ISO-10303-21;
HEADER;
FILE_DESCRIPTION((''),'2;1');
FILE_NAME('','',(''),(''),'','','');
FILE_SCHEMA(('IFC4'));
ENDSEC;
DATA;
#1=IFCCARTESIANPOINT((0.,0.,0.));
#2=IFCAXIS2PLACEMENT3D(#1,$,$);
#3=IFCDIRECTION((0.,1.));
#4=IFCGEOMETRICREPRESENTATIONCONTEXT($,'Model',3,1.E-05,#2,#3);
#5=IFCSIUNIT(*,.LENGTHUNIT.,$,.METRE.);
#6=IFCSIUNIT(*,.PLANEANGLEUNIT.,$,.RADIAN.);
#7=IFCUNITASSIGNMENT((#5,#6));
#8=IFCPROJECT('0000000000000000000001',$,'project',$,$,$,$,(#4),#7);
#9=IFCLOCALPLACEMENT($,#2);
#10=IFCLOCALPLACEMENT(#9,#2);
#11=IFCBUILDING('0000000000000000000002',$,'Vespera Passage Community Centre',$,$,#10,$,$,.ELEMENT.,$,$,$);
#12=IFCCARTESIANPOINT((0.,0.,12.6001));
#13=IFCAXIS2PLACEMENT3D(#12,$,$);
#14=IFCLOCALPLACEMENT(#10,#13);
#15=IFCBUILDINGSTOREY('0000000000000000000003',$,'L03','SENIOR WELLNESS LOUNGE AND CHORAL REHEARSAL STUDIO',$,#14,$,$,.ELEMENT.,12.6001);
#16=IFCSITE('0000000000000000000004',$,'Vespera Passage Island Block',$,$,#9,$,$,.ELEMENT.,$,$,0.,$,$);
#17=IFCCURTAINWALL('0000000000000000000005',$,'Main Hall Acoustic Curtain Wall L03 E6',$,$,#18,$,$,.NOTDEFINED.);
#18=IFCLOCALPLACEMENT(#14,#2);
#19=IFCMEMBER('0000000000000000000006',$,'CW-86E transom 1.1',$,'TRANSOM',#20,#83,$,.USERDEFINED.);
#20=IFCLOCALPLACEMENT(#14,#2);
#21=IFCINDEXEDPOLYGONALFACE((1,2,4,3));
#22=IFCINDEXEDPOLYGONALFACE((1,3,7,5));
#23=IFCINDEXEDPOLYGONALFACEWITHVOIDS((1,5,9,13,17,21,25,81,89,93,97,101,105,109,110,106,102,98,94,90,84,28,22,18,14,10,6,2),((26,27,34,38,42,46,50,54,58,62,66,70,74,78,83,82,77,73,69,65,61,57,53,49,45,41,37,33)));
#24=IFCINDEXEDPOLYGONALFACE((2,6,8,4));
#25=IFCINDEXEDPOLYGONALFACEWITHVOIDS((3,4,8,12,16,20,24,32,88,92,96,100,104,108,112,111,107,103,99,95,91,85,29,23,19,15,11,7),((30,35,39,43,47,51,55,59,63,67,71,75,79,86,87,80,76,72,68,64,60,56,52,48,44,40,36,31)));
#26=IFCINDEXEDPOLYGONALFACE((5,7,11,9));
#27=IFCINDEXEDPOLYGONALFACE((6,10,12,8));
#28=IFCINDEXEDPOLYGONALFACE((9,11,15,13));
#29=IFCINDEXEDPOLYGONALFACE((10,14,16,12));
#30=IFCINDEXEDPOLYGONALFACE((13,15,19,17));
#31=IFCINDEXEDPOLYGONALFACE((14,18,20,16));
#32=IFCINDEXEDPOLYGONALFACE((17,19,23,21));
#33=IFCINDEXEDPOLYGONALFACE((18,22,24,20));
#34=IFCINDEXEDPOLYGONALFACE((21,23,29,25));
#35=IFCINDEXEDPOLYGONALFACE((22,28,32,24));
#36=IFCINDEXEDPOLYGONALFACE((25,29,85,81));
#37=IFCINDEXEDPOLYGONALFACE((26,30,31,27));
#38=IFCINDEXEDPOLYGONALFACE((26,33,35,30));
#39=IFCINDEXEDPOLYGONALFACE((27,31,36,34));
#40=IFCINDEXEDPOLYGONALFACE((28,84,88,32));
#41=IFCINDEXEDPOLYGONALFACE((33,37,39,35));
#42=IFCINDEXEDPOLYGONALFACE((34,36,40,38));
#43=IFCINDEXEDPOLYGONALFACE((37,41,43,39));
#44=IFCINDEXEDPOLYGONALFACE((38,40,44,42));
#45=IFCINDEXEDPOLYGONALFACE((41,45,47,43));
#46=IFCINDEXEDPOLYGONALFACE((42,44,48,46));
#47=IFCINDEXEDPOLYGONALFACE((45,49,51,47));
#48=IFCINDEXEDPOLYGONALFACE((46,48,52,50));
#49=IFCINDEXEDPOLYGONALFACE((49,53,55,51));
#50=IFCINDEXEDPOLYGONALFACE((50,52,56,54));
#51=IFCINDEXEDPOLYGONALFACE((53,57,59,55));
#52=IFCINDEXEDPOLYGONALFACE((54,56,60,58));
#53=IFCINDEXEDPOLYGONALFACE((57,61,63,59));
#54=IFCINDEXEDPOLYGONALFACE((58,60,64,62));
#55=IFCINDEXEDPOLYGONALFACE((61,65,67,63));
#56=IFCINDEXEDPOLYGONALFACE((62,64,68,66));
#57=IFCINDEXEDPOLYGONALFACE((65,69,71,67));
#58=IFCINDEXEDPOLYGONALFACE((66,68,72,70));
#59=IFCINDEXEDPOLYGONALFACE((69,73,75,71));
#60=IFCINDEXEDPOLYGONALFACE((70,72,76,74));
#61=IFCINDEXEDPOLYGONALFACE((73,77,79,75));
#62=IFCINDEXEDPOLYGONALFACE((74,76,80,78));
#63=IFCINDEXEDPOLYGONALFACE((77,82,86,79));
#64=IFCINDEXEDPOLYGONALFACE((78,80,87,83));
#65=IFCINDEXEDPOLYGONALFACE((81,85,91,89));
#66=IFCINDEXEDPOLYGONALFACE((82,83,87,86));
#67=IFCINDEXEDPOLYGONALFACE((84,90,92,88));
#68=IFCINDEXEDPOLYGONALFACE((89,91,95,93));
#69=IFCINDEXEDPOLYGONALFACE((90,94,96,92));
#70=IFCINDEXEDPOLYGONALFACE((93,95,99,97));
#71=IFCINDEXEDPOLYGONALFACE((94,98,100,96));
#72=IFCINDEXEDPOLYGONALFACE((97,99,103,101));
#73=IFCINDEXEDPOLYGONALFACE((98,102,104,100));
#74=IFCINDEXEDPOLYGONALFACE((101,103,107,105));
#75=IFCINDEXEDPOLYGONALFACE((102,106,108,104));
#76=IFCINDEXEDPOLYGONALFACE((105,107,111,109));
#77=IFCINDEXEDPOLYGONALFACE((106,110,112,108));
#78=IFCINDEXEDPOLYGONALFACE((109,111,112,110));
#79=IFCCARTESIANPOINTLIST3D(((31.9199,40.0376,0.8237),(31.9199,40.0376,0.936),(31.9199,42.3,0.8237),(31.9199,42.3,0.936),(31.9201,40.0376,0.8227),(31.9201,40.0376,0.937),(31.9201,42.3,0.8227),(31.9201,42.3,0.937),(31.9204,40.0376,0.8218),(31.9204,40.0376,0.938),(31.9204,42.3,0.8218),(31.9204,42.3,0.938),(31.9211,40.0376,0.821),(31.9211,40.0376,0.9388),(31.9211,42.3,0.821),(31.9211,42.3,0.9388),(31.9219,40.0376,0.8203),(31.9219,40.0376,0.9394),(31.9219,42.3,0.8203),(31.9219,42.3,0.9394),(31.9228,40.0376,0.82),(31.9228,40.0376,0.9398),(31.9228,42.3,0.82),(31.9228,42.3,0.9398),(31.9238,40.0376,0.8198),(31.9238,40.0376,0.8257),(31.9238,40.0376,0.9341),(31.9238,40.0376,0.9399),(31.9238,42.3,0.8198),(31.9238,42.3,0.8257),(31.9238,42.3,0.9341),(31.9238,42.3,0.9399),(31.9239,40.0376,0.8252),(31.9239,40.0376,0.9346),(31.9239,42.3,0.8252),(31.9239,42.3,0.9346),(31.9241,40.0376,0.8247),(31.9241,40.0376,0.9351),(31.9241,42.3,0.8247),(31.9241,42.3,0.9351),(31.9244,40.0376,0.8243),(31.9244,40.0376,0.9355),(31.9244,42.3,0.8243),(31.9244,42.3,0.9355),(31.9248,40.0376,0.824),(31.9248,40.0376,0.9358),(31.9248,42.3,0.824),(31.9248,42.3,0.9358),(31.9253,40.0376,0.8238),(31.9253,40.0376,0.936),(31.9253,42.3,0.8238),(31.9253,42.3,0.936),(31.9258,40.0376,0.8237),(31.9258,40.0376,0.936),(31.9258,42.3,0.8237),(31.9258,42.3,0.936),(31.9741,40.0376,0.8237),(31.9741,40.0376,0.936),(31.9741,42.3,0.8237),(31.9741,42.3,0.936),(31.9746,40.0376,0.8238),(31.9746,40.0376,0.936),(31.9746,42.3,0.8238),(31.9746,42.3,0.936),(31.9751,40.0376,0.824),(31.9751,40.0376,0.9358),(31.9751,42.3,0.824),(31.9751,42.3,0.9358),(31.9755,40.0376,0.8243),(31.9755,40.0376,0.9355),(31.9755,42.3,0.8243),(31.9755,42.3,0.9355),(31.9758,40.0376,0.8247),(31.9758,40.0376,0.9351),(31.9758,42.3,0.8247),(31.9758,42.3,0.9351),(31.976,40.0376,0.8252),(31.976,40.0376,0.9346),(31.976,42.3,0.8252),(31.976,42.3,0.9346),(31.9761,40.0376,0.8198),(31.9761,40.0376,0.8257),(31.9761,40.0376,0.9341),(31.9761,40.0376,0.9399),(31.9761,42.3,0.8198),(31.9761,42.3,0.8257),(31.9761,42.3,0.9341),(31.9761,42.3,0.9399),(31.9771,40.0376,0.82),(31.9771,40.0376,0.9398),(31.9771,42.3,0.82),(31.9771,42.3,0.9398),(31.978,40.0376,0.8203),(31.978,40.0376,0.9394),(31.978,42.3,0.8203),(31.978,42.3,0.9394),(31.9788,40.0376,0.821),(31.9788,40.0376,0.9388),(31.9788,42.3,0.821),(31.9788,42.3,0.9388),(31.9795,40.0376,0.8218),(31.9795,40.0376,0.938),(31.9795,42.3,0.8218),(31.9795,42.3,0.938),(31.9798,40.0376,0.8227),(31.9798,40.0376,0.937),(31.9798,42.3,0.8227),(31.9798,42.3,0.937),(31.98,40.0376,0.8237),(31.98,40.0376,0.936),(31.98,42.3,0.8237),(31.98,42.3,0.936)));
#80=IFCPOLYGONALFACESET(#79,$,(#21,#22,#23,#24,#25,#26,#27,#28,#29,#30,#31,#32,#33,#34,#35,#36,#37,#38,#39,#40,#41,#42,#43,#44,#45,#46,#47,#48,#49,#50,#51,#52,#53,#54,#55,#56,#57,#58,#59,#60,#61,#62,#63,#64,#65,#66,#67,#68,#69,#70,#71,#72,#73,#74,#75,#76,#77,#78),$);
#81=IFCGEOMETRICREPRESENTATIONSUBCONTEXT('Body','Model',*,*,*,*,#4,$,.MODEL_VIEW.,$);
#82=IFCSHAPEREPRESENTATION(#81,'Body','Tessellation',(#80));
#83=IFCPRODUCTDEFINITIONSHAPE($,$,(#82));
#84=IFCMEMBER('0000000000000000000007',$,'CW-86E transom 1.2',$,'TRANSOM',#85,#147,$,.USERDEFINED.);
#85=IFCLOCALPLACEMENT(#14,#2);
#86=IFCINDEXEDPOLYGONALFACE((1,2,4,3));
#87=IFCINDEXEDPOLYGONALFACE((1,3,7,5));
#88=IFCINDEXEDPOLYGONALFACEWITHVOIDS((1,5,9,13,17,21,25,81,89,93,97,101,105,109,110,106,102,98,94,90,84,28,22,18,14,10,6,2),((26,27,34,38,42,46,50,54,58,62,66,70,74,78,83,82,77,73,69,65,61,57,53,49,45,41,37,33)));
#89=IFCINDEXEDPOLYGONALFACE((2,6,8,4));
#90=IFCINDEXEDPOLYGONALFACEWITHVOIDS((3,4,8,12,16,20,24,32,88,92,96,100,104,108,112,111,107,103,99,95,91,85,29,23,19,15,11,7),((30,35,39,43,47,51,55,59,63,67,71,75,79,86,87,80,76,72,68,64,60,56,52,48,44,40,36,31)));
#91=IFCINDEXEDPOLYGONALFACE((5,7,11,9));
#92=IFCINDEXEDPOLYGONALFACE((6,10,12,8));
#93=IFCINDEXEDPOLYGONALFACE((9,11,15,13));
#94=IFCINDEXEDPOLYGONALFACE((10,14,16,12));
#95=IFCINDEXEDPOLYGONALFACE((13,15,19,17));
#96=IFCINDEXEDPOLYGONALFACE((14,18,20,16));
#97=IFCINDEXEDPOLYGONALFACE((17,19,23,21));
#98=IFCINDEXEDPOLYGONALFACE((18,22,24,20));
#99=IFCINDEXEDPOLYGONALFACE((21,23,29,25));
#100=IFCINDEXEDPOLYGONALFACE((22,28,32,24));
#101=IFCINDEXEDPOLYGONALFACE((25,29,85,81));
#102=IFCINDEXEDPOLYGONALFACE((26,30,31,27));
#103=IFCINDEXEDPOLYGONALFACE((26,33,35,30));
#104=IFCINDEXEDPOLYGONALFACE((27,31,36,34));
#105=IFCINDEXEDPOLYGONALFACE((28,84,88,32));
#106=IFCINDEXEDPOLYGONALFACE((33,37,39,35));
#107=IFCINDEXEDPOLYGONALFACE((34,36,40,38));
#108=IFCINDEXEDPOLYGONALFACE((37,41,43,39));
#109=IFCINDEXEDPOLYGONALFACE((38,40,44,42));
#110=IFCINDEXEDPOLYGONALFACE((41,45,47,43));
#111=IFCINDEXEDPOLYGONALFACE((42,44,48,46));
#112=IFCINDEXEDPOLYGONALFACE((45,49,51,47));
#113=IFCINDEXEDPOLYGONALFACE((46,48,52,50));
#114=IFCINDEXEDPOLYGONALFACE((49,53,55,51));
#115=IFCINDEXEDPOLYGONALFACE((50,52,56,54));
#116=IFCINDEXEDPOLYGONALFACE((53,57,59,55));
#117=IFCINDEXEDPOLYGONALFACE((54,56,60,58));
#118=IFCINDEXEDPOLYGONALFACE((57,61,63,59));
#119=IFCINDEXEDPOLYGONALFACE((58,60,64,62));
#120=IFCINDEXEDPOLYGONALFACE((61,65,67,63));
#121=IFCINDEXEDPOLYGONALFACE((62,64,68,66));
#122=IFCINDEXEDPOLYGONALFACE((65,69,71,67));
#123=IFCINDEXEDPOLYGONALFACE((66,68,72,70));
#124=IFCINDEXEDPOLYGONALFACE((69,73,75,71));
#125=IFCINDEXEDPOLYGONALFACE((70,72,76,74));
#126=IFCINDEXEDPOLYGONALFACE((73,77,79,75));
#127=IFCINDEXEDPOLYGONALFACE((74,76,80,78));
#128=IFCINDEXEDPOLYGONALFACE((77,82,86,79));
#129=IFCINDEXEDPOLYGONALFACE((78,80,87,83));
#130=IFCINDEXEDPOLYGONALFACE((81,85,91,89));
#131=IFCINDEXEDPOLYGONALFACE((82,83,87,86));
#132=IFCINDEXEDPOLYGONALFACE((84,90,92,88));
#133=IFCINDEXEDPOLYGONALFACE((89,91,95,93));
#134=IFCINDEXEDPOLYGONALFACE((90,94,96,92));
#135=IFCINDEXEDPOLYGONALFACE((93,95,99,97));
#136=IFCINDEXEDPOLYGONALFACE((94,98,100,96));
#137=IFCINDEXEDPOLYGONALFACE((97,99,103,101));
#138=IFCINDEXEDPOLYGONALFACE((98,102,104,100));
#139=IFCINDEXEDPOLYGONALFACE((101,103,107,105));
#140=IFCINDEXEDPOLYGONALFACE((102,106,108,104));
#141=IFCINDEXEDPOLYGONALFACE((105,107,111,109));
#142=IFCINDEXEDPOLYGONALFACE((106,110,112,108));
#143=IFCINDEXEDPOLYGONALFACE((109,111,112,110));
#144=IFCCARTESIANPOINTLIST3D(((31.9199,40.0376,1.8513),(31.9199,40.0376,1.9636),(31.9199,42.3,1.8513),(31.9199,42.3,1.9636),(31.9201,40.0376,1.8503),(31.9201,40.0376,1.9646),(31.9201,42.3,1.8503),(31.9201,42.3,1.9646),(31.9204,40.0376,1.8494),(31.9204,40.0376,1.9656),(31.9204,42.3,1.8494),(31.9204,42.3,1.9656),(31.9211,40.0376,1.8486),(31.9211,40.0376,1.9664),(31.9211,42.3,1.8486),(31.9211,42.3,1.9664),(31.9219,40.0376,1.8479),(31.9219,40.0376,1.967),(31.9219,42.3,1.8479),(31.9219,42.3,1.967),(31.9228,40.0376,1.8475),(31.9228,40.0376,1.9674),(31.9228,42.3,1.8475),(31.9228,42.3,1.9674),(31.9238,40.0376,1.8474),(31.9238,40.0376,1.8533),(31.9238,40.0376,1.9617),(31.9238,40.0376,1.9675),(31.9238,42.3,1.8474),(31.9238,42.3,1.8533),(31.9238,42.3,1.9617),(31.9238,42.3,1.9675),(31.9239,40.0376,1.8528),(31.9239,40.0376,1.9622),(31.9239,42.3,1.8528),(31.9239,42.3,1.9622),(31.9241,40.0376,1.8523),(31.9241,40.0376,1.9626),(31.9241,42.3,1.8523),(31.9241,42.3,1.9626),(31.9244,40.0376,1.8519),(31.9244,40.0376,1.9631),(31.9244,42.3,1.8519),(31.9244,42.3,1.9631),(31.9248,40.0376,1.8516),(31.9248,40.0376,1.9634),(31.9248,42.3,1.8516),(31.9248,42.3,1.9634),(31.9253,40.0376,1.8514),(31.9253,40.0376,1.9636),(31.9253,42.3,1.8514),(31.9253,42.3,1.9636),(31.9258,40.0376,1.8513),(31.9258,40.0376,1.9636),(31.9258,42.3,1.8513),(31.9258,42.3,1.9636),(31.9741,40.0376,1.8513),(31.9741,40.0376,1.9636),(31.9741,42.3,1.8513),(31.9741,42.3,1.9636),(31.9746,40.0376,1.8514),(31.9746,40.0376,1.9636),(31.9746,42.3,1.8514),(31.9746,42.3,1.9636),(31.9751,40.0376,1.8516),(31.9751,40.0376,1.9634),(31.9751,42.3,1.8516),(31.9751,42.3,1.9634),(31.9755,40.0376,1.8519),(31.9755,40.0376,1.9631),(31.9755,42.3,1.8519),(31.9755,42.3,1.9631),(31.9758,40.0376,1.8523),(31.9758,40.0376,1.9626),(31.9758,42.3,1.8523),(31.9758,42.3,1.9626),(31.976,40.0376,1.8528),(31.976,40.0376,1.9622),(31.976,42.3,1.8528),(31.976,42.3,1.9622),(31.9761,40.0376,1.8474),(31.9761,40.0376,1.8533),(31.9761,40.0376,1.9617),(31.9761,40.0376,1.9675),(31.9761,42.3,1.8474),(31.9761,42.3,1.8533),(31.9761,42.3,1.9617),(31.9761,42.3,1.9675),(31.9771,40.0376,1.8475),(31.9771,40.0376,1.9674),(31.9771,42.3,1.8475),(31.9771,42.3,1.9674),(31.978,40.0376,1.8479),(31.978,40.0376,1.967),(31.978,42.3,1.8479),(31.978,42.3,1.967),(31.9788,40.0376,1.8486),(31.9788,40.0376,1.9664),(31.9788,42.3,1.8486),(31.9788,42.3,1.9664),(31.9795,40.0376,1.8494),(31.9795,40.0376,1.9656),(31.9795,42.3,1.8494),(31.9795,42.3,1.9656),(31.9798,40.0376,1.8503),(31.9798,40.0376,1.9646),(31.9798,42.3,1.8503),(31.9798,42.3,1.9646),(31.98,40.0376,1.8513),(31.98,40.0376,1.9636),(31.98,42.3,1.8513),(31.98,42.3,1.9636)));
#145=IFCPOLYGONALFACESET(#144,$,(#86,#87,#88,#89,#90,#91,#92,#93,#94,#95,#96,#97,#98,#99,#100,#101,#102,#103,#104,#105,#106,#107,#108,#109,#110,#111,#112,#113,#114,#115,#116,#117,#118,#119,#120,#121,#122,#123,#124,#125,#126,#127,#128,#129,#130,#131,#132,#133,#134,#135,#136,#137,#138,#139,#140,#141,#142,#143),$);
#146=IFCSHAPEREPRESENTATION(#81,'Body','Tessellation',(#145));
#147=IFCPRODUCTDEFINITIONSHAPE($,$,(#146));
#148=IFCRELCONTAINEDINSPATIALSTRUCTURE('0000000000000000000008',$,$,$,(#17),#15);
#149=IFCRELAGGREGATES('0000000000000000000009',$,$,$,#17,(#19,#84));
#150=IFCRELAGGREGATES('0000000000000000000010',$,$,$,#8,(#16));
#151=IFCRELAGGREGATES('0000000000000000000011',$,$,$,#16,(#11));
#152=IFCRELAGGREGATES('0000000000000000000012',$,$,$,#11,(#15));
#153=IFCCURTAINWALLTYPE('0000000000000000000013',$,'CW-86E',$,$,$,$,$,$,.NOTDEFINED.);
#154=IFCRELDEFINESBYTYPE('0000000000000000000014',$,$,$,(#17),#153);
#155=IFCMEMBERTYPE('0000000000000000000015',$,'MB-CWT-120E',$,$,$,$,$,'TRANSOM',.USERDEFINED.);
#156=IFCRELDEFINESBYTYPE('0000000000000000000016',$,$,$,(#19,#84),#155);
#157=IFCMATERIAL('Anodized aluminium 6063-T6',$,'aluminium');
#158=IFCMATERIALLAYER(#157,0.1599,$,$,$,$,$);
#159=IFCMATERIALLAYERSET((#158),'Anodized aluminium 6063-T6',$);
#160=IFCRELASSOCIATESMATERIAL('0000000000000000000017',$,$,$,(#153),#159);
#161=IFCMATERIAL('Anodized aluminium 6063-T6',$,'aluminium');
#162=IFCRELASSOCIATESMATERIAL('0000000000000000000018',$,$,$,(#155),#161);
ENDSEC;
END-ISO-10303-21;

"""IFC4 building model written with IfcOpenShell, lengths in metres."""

from ifc_helpers import new_model, si_unit, direction, frame, origin, origin_2d, place, context, subcontext, project, spatial, hollow_rectangle, extrude, material, layer, layer_set, material_profile, profile_set, type_object, element, aggregate, save


model = new_model("IFC4")

# Units and contexts
model_context = context("Model", 3, precision=1e-05, world=origin(), true_north=direction((0.0, 1.0)))
body_context = subcontext(model_context, "Body", "Model", "MODEL_VIEW")
ifc_project = project(units=[si_unit("LENGTHUNIT", "METRE"), si_unit("PLANEANGLEUNIT", "RADIAN")], contexts=[model_context])

# Site, building, storey
site_placement = place(None, origin())
site = spatial("IfcSite", under=ifc_project, at=site_placement, Name="Vespera Passage Island Block", CompositionType="ELEMENT", RefElevation=0.0)
building_placement = place(site_placement, origin())
building = spatial("IfcBuilding", under=site, at=building_placement, Name="Vespera Passage Community Centre", CompositionType="ELEMENT")
storey_placement = place(building_placement, frame((0.0, 0.0, 12.6001)))
storey = spatial("IfcBuildingStorey", under=building, at=storey_placement, Name="L03", Description="SENIOR WELLNESS LOUNGE AND CHORAL REHEARSAL STUDIO", CompositionType="ELEMENT", Elevation=12.6001)

# Curtain wall
ifc_material_1 = material(Name="Anodized aluminium 6063-T6", Category="aluminium")
ifc_layer_1 = layer(ifc_material_1, 0.1599)
ifc_layer_set_1 = layer_set([ifc_layer_1], Name="Anodized aluminium 6063-T6")
curtain_wall_type = type_object("IfcCurtainWallType", Name="CW-86E", PredefinedType="NOTDEFINED", material=ifc_layer_set_1)
curtain_wall_1_placement = place(storey_placement, origin())
curtain_wall_1 = element("IfcCurtainWall", 1, at=curtain_wall_1_placement, inside=storey, type_object=curtain_wall_type, Name="Main Hall Acoustic Curtain Wall L03 E6", PredefinedType="NOTDEFINED")

# Members
ifc_material_2 = material(Name="Anodized aluminium 6063-T6", Category="aluminium")
ifc_material_profile_1 = material_profile(ifc_material_2, hollow_rectangle(XDim=0.0601, YDim=0.1201, WallThickness=0.0039, InnerFilletRadius=0.002, OuterFilletRadius=0.0039, at=origin_2d()), Name="ALU120X60X4")
ifc_profile_set_1 = profile_set([ifc_material_profile_1], Name="Anodized aluminium 6063-T6")
member_type_1 = type_object("IfcMemberType", Name="MB-CWT-120E", ElementType="TRANSOM", PredefinedType="USERDEFINED", material=ifc_profile_set_1)
member_1_placement = place(storey_placement, frame((31.95, 42.3, 0.8799), z_axis=(0.0, -1.0, 0.0), x_axis=(1.0, 0.0, 0.0)))
member_1 = element("IfcMember", 2, at=member_1_placement, type_object=member_type_1, Name="CW-86E transom 1.1", ObjectType="TRANSOM", PredefinedType="USERDEFINED", context=body_context, shape_type="SweptSolid", body=[
    extrude(hollow_rectangle(XDim=0.0601, YDim=0.1201, WallThickness=0.0039, InnerFilletRadius=0.002, OuterFilletRadius=0.0039, at=origin_2d()), origin(), (0.0, 0.0, 1.0), 2.2625),
])
member_2_placement = place(storey_placement, frame((31.95, 42.3, 1.9075), z_axis=(0.0, -1.0, 0.0), x_axis=(1.0, 0.0, 0.0)))
member_2 = element("IfcMember", 3, at=member_2_placement, type_object=member_type_1, Name="CW-86E transom 1.2", ObjectType="TRANSOM", PredefinedType="USERDEFINED", context=body_context, shape_type="SweptSolid", body=[
    extrude(hollow_rectangle(XDim=0.0601, YDim=0.1201, WallThickness=0.0039, InnerFilletRadius=0.002, OuterFilletRadius=0.0039, at=origin_2d()), origin(), (0.0, 0.0, 1.0), 2.2625),
])

aggregate(curtain_wall_1, [member_1, member_2])

save(model, "model.ifc")
